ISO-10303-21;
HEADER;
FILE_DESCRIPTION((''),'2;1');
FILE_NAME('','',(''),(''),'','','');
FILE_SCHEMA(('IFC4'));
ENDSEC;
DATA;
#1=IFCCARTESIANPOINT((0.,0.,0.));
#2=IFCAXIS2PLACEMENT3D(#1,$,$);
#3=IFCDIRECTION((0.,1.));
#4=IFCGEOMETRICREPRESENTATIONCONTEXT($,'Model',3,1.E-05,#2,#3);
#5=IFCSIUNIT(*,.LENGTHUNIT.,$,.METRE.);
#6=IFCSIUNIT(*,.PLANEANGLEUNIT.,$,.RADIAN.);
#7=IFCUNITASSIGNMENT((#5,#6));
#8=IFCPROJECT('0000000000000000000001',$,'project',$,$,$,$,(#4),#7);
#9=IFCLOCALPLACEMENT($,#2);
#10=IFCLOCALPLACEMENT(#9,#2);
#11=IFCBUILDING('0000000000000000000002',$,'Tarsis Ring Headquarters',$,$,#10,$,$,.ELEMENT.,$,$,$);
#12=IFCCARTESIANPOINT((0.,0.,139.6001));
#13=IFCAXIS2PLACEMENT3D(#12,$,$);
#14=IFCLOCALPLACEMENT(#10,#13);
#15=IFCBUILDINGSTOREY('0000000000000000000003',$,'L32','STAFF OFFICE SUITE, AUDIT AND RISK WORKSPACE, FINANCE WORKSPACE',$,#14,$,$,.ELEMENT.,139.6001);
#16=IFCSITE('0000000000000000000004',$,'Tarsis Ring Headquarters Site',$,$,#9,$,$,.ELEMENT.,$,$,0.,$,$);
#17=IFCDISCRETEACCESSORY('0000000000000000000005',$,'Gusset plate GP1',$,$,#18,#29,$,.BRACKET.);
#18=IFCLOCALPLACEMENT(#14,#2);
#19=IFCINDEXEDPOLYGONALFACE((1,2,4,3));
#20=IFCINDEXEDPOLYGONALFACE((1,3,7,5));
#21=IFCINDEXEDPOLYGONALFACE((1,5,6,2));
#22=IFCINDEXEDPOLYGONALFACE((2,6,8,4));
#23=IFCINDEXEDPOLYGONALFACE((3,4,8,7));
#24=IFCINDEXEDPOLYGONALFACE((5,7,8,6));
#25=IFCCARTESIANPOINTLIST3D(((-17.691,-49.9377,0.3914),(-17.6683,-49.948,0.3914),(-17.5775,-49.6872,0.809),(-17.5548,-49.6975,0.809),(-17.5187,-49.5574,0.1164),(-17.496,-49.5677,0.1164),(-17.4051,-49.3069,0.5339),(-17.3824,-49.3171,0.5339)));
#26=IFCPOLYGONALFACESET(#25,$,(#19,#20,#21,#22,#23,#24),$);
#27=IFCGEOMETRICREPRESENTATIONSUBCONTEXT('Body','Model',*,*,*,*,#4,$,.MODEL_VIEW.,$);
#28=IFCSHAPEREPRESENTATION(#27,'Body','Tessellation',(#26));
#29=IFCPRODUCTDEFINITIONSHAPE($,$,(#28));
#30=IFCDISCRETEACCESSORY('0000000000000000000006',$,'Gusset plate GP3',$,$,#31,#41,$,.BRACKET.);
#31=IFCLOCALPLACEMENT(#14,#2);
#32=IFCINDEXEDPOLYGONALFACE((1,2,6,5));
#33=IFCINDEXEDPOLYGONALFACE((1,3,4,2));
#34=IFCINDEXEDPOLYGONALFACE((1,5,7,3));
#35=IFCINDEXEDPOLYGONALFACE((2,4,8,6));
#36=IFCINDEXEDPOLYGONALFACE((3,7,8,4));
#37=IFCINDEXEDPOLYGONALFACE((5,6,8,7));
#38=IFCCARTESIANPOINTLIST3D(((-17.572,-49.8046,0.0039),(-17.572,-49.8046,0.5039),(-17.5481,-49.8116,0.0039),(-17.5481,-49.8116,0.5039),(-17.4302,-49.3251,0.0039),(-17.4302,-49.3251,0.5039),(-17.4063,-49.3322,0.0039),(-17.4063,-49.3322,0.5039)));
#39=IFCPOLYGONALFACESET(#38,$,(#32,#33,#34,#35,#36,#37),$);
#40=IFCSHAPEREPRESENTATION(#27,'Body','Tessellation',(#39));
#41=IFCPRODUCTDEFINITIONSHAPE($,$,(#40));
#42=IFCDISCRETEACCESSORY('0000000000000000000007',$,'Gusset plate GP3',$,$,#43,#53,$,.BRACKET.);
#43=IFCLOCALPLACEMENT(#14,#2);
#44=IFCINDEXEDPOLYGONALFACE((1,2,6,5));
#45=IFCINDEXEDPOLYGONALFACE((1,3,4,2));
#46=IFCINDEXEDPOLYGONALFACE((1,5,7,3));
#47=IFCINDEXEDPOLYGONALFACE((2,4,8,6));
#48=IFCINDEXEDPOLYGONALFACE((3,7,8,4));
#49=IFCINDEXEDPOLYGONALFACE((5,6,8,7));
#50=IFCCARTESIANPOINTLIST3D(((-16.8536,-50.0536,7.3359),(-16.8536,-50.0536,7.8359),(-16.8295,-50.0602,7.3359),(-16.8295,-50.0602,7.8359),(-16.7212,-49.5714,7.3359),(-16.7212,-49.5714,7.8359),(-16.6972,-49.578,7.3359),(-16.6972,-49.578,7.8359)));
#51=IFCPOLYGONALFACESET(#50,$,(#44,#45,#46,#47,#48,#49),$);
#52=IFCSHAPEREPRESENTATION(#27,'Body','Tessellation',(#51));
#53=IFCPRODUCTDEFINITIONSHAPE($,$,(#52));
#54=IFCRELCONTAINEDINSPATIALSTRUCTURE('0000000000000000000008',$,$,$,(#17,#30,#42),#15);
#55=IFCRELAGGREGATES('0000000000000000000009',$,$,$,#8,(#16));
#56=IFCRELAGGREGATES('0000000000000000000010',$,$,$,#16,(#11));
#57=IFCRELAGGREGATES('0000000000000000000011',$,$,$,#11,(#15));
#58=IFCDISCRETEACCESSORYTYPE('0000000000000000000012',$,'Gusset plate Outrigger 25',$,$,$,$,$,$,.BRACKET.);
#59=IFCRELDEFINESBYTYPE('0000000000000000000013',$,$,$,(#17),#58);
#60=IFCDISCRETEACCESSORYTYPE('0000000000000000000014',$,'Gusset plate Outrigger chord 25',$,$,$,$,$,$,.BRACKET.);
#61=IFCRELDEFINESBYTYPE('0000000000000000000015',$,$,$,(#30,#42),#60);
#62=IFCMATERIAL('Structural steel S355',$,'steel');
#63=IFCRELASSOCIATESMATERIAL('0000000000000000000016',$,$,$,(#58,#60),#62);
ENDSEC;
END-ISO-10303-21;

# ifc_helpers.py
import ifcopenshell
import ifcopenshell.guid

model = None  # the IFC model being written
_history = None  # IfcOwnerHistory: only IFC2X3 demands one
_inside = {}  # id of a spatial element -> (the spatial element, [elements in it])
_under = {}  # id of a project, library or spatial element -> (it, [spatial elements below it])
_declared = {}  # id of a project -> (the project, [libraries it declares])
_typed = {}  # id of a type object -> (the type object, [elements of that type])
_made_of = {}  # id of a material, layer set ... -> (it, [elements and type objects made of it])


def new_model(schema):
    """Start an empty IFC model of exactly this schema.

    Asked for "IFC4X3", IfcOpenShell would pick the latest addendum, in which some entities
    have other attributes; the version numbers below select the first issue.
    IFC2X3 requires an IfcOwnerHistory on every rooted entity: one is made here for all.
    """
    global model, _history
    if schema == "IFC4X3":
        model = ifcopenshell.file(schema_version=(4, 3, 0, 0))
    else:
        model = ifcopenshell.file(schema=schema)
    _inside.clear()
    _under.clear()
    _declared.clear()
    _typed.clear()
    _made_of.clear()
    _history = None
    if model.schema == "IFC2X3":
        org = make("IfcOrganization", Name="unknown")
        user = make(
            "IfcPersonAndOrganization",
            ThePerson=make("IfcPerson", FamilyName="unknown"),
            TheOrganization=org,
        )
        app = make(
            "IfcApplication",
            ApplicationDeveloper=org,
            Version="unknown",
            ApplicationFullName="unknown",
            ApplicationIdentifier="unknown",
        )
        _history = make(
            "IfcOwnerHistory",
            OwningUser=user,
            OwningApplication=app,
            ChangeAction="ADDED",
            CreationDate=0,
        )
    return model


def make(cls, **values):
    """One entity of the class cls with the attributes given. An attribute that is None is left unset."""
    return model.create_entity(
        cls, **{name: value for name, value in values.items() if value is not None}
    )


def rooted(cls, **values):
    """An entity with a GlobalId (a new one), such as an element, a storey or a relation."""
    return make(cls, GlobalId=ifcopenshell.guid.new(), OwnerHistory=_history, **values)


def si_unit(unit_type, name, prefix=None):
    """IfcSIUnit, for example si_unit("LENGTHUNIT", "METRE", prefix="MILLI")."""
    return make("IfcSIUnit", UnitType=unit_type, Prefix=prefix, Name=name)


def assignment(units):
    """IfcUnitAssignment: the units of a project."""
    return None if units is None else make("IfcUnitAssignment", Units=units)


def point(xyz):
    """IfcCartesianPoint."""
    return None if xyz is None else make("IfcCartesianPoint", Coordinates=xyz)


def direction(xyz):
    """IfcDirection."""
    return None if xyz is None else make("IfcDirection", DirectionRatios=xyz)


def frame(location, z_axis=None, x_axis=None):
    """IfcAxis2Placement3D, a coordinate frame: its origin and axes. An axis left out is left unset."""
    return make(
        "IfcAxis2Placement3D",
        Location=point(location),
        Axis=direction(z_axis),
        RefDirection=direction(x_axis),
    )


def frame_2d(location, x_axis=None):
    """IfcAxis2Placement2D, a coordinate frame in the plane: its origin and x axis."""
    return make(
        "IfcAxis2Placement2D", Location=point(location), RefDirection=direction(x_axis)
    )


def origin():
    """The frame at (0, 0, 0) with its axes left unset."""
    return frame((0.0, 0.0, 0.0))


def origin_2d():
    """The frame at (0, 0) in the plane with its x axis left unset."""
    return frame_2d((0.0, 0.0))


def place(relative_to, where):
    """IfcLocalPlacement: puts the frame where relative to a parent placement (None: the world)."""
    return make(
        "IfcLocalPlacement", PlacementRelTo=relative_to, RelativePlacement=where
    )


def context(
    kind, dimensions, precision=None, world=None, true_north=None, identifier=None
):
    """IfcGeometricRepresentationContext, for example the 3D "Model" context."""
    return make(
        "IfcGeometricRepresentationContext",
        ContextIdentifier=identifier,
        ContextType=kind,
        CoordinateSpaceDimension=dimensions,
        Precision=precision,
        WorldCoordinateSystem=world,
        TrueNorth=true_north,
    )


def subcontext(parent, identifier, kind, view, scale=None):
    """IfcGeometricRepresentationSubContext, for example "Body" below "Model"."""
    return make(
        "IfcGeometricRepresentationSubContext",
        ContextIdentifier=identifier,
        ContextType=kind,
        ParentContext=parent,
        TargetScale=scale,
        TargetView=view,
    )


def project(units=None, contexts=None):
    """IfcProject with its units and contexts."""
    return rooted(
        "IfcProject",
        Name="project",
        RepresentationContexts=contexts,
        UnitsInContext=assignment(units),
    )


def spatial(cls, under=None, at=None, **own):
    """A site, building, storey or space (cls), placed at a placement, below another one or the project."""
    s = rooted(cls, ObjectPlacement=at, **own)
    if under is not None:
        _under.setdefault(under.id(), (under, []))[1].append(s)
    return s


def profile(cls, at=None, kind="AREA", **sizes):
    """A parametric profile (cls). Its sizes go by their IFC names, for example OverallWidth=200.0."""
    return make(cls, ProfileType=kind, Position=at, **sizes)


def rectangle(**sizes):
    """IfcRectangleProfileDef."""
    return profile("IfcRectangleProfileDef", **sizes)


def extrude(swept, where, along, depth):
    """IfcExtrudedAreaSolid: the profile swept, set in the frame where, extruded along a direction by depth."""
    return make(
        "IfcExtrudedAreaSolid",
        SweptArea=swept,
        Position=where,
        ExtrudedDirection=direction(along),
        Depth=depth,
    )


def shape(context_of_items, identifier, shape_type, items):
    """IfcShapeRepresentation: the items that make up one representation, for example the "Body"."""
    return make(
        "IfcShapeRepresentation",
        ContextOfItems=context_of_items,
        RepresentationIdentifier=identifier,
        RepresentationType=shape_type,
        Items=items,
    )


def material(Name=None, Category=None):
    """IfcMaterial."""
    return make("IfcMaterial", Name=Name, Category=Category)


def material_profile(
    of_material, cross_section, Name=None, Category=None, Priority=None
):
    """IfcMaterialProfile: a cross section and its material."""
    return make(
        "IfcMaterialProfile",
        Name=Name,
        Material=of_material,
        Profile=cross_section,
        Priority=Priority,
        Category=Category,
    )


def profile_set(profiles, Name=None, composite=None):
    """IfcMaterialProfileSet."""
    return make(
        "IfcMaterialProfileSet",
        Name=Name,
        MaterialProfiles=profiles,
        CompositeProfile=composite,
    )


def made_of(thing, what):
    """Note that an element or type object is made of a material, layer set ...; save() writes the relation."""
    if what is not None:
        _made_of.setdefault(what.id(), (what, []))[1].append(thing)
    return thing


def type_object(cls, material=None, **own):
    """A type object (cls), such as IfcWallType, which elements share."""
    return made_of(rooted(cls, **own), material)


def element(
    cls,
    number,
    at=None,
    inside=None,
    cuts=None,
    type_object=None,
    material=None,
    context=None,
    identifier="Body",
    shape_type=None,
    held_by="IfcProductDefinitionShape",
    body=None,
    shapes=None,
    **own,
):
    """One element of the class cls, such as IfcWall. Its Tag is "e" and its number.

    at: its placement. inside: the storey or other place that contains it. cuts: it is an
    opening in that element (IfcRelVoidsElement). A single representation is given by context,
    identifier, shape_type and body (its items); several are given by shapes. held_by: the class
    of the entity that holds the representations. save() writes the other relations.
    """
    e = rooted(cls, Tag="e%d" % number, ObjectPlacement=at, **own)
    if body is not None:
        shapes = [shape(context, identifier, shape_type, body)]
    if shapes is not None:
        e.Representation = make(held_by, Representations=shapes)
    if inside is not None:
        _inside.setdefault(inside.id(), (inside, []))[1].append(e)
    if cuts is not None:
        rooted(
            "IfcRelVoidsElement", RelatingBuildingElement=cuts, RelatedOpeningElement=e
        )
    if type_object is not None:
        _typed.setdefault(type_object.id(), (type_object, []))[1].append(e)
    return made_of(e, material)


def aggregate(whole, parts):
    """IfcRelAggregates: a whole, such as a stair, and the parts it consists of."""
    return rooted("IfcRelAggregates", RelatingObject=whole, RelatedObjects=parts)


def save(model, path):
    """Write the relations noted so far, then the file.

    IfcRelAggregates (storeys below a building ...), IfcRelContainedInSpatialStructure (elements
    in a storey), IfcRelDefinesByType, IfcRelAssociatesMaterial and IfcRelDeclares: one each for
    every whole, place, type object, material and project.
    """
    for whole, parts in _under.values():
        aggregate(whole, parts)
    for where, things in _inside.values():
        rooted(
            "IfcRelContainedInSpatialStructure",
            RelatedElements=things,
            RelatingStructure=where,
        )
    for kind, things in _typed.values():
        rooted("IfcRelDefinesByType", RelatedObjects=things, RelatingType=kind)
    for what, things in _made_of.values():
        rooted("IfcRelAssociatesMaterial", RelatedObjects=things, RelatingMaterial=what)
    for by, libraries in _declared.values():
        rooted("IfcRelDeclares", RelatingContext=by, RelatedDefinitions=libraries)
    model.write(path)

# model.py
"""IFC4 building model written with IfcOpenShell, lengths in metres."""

from ifc_helpers import new_model, si_unit, direction, frame, origin, origin_2d, place, context, subcontext, project, spatial, rectangle, extrude, material, material_profile, profile_set, type_object, element, save


model = new_model("IFC4")

# Units and contexts
model_context = context("Model", 3, precision=1e-05, world=origin(), true_north=direction((0.0, 1.0)))
body_context = subcontext(model_context, "Body", "Model", "MODEL_VIEW")
ifc_project = project(units=[si_unit("LENGTHUNIT", "METRE"), si_unit("PLANEANGLEUNIT", "RADIAN")], contexts=[model_context])

# Site, building, storey
site_placement = place(None, origin())
site = spatial("IfcSite", under=ifc_project, at=site_placement, Name="Tarsis Ring Headquarters Site", CompositionType="ELEMENT", RefElevation=0.0)
building_placement = place(site_placement, origin())
building = spatial("IfcBuilding", under=site, at=building_placement, Name="Tarsis Ring Headquarters", CompositionType="ELEMENT")
storey_placement = place(building_placement, frame((0.0, 0.0, 139.6001)))
storey = spatial("IfcBuildingStorey", under=building, at=storey_placement, Name="L32", Description="STAFF OFFICE SUITE, AUDIT AND RISK WORKSPACE, FINANCE WORKSPACE", CompositionType="ELEMENT", Elevation=139.6001)

# Shared definitions
ifc_material_1 = material(Name="Structural steel S355", Category="steel")

# Discrete accessories
ifc_material_profile_1 = material_profile(ifc_material_1, rectangle(XDim=0.0249, YDim=0.5, at=origin_2d()), Name="PL 25x500")
ifc_profile_set_1 = profile_set([ifc_material_profile_1], Name="Structural steel S355")
discrete_accessory_type_1 = type_object("IfcDiscreteAccessoryType", Name="Gusset plate Outrigger 25", PredefinedType="BRACKET", material=ifc_profile_set_1)
discrete_accessory_1_placement = place(storey_placement, frame((-17.5935, -49.7527, 0.2539), z_axis=(0.227086, 0.501054, 0.835091), x_axis=(-0.910822, 0.412799, 0.0)))
element("IfcDiscreteAccessory", 1, at=discrete_accessory_1_placement, inside=storey, type_object=discrete_accessory_type_1, Name="Gusset plate GP1", PredefinedType="BRACKET", context=body_context, shape_type="SweptSolid", body=[
    extrude(rectangle(XDim=0.0249, YDim=0.5, at=origin_2d()), origin(), (0.0, 0.0, 1.0), 0.5),
])
discrete_accessory_type_2 = type_object("IfcDiscreteAccessoryType", Name="Gusset plate Outrigger chord 25", PredefinedType="BRACKET", material=ifc_profile_set_1)
for number, where, z_axis, x_axis, name in (
    (2, (-17.5601, -49.8081, 0.2539), (0.283673, 0.958921, 0.0), (-0.958921, 0.283673, 0.0), "Gusset plate GP3"),
    (3, (-16.8416, -50.0569, 7.5859), (0.264646, 0.964346, 0.0), (-0.964346, 0.264646, 0.0), "Gusset plate GP3"),
):
    element("IfcDiscreteAccessory", number, at=place(storey_placement, frame(where, z_axis=z_axis, x_axis=x_axis)), inside=storey, type_object=discrete_accessory_type_2, Name=name, PredefinedType="BRACKET", context=body_context, shape_type="SweptSolid", body=[
        extrude(rectangle(XDim=0.0249, YDim=0.5, at=origin_2d()), origin(), (0.0, 0.0, 1.0), 0.5),
    ])

save(model, "model.ifc")
